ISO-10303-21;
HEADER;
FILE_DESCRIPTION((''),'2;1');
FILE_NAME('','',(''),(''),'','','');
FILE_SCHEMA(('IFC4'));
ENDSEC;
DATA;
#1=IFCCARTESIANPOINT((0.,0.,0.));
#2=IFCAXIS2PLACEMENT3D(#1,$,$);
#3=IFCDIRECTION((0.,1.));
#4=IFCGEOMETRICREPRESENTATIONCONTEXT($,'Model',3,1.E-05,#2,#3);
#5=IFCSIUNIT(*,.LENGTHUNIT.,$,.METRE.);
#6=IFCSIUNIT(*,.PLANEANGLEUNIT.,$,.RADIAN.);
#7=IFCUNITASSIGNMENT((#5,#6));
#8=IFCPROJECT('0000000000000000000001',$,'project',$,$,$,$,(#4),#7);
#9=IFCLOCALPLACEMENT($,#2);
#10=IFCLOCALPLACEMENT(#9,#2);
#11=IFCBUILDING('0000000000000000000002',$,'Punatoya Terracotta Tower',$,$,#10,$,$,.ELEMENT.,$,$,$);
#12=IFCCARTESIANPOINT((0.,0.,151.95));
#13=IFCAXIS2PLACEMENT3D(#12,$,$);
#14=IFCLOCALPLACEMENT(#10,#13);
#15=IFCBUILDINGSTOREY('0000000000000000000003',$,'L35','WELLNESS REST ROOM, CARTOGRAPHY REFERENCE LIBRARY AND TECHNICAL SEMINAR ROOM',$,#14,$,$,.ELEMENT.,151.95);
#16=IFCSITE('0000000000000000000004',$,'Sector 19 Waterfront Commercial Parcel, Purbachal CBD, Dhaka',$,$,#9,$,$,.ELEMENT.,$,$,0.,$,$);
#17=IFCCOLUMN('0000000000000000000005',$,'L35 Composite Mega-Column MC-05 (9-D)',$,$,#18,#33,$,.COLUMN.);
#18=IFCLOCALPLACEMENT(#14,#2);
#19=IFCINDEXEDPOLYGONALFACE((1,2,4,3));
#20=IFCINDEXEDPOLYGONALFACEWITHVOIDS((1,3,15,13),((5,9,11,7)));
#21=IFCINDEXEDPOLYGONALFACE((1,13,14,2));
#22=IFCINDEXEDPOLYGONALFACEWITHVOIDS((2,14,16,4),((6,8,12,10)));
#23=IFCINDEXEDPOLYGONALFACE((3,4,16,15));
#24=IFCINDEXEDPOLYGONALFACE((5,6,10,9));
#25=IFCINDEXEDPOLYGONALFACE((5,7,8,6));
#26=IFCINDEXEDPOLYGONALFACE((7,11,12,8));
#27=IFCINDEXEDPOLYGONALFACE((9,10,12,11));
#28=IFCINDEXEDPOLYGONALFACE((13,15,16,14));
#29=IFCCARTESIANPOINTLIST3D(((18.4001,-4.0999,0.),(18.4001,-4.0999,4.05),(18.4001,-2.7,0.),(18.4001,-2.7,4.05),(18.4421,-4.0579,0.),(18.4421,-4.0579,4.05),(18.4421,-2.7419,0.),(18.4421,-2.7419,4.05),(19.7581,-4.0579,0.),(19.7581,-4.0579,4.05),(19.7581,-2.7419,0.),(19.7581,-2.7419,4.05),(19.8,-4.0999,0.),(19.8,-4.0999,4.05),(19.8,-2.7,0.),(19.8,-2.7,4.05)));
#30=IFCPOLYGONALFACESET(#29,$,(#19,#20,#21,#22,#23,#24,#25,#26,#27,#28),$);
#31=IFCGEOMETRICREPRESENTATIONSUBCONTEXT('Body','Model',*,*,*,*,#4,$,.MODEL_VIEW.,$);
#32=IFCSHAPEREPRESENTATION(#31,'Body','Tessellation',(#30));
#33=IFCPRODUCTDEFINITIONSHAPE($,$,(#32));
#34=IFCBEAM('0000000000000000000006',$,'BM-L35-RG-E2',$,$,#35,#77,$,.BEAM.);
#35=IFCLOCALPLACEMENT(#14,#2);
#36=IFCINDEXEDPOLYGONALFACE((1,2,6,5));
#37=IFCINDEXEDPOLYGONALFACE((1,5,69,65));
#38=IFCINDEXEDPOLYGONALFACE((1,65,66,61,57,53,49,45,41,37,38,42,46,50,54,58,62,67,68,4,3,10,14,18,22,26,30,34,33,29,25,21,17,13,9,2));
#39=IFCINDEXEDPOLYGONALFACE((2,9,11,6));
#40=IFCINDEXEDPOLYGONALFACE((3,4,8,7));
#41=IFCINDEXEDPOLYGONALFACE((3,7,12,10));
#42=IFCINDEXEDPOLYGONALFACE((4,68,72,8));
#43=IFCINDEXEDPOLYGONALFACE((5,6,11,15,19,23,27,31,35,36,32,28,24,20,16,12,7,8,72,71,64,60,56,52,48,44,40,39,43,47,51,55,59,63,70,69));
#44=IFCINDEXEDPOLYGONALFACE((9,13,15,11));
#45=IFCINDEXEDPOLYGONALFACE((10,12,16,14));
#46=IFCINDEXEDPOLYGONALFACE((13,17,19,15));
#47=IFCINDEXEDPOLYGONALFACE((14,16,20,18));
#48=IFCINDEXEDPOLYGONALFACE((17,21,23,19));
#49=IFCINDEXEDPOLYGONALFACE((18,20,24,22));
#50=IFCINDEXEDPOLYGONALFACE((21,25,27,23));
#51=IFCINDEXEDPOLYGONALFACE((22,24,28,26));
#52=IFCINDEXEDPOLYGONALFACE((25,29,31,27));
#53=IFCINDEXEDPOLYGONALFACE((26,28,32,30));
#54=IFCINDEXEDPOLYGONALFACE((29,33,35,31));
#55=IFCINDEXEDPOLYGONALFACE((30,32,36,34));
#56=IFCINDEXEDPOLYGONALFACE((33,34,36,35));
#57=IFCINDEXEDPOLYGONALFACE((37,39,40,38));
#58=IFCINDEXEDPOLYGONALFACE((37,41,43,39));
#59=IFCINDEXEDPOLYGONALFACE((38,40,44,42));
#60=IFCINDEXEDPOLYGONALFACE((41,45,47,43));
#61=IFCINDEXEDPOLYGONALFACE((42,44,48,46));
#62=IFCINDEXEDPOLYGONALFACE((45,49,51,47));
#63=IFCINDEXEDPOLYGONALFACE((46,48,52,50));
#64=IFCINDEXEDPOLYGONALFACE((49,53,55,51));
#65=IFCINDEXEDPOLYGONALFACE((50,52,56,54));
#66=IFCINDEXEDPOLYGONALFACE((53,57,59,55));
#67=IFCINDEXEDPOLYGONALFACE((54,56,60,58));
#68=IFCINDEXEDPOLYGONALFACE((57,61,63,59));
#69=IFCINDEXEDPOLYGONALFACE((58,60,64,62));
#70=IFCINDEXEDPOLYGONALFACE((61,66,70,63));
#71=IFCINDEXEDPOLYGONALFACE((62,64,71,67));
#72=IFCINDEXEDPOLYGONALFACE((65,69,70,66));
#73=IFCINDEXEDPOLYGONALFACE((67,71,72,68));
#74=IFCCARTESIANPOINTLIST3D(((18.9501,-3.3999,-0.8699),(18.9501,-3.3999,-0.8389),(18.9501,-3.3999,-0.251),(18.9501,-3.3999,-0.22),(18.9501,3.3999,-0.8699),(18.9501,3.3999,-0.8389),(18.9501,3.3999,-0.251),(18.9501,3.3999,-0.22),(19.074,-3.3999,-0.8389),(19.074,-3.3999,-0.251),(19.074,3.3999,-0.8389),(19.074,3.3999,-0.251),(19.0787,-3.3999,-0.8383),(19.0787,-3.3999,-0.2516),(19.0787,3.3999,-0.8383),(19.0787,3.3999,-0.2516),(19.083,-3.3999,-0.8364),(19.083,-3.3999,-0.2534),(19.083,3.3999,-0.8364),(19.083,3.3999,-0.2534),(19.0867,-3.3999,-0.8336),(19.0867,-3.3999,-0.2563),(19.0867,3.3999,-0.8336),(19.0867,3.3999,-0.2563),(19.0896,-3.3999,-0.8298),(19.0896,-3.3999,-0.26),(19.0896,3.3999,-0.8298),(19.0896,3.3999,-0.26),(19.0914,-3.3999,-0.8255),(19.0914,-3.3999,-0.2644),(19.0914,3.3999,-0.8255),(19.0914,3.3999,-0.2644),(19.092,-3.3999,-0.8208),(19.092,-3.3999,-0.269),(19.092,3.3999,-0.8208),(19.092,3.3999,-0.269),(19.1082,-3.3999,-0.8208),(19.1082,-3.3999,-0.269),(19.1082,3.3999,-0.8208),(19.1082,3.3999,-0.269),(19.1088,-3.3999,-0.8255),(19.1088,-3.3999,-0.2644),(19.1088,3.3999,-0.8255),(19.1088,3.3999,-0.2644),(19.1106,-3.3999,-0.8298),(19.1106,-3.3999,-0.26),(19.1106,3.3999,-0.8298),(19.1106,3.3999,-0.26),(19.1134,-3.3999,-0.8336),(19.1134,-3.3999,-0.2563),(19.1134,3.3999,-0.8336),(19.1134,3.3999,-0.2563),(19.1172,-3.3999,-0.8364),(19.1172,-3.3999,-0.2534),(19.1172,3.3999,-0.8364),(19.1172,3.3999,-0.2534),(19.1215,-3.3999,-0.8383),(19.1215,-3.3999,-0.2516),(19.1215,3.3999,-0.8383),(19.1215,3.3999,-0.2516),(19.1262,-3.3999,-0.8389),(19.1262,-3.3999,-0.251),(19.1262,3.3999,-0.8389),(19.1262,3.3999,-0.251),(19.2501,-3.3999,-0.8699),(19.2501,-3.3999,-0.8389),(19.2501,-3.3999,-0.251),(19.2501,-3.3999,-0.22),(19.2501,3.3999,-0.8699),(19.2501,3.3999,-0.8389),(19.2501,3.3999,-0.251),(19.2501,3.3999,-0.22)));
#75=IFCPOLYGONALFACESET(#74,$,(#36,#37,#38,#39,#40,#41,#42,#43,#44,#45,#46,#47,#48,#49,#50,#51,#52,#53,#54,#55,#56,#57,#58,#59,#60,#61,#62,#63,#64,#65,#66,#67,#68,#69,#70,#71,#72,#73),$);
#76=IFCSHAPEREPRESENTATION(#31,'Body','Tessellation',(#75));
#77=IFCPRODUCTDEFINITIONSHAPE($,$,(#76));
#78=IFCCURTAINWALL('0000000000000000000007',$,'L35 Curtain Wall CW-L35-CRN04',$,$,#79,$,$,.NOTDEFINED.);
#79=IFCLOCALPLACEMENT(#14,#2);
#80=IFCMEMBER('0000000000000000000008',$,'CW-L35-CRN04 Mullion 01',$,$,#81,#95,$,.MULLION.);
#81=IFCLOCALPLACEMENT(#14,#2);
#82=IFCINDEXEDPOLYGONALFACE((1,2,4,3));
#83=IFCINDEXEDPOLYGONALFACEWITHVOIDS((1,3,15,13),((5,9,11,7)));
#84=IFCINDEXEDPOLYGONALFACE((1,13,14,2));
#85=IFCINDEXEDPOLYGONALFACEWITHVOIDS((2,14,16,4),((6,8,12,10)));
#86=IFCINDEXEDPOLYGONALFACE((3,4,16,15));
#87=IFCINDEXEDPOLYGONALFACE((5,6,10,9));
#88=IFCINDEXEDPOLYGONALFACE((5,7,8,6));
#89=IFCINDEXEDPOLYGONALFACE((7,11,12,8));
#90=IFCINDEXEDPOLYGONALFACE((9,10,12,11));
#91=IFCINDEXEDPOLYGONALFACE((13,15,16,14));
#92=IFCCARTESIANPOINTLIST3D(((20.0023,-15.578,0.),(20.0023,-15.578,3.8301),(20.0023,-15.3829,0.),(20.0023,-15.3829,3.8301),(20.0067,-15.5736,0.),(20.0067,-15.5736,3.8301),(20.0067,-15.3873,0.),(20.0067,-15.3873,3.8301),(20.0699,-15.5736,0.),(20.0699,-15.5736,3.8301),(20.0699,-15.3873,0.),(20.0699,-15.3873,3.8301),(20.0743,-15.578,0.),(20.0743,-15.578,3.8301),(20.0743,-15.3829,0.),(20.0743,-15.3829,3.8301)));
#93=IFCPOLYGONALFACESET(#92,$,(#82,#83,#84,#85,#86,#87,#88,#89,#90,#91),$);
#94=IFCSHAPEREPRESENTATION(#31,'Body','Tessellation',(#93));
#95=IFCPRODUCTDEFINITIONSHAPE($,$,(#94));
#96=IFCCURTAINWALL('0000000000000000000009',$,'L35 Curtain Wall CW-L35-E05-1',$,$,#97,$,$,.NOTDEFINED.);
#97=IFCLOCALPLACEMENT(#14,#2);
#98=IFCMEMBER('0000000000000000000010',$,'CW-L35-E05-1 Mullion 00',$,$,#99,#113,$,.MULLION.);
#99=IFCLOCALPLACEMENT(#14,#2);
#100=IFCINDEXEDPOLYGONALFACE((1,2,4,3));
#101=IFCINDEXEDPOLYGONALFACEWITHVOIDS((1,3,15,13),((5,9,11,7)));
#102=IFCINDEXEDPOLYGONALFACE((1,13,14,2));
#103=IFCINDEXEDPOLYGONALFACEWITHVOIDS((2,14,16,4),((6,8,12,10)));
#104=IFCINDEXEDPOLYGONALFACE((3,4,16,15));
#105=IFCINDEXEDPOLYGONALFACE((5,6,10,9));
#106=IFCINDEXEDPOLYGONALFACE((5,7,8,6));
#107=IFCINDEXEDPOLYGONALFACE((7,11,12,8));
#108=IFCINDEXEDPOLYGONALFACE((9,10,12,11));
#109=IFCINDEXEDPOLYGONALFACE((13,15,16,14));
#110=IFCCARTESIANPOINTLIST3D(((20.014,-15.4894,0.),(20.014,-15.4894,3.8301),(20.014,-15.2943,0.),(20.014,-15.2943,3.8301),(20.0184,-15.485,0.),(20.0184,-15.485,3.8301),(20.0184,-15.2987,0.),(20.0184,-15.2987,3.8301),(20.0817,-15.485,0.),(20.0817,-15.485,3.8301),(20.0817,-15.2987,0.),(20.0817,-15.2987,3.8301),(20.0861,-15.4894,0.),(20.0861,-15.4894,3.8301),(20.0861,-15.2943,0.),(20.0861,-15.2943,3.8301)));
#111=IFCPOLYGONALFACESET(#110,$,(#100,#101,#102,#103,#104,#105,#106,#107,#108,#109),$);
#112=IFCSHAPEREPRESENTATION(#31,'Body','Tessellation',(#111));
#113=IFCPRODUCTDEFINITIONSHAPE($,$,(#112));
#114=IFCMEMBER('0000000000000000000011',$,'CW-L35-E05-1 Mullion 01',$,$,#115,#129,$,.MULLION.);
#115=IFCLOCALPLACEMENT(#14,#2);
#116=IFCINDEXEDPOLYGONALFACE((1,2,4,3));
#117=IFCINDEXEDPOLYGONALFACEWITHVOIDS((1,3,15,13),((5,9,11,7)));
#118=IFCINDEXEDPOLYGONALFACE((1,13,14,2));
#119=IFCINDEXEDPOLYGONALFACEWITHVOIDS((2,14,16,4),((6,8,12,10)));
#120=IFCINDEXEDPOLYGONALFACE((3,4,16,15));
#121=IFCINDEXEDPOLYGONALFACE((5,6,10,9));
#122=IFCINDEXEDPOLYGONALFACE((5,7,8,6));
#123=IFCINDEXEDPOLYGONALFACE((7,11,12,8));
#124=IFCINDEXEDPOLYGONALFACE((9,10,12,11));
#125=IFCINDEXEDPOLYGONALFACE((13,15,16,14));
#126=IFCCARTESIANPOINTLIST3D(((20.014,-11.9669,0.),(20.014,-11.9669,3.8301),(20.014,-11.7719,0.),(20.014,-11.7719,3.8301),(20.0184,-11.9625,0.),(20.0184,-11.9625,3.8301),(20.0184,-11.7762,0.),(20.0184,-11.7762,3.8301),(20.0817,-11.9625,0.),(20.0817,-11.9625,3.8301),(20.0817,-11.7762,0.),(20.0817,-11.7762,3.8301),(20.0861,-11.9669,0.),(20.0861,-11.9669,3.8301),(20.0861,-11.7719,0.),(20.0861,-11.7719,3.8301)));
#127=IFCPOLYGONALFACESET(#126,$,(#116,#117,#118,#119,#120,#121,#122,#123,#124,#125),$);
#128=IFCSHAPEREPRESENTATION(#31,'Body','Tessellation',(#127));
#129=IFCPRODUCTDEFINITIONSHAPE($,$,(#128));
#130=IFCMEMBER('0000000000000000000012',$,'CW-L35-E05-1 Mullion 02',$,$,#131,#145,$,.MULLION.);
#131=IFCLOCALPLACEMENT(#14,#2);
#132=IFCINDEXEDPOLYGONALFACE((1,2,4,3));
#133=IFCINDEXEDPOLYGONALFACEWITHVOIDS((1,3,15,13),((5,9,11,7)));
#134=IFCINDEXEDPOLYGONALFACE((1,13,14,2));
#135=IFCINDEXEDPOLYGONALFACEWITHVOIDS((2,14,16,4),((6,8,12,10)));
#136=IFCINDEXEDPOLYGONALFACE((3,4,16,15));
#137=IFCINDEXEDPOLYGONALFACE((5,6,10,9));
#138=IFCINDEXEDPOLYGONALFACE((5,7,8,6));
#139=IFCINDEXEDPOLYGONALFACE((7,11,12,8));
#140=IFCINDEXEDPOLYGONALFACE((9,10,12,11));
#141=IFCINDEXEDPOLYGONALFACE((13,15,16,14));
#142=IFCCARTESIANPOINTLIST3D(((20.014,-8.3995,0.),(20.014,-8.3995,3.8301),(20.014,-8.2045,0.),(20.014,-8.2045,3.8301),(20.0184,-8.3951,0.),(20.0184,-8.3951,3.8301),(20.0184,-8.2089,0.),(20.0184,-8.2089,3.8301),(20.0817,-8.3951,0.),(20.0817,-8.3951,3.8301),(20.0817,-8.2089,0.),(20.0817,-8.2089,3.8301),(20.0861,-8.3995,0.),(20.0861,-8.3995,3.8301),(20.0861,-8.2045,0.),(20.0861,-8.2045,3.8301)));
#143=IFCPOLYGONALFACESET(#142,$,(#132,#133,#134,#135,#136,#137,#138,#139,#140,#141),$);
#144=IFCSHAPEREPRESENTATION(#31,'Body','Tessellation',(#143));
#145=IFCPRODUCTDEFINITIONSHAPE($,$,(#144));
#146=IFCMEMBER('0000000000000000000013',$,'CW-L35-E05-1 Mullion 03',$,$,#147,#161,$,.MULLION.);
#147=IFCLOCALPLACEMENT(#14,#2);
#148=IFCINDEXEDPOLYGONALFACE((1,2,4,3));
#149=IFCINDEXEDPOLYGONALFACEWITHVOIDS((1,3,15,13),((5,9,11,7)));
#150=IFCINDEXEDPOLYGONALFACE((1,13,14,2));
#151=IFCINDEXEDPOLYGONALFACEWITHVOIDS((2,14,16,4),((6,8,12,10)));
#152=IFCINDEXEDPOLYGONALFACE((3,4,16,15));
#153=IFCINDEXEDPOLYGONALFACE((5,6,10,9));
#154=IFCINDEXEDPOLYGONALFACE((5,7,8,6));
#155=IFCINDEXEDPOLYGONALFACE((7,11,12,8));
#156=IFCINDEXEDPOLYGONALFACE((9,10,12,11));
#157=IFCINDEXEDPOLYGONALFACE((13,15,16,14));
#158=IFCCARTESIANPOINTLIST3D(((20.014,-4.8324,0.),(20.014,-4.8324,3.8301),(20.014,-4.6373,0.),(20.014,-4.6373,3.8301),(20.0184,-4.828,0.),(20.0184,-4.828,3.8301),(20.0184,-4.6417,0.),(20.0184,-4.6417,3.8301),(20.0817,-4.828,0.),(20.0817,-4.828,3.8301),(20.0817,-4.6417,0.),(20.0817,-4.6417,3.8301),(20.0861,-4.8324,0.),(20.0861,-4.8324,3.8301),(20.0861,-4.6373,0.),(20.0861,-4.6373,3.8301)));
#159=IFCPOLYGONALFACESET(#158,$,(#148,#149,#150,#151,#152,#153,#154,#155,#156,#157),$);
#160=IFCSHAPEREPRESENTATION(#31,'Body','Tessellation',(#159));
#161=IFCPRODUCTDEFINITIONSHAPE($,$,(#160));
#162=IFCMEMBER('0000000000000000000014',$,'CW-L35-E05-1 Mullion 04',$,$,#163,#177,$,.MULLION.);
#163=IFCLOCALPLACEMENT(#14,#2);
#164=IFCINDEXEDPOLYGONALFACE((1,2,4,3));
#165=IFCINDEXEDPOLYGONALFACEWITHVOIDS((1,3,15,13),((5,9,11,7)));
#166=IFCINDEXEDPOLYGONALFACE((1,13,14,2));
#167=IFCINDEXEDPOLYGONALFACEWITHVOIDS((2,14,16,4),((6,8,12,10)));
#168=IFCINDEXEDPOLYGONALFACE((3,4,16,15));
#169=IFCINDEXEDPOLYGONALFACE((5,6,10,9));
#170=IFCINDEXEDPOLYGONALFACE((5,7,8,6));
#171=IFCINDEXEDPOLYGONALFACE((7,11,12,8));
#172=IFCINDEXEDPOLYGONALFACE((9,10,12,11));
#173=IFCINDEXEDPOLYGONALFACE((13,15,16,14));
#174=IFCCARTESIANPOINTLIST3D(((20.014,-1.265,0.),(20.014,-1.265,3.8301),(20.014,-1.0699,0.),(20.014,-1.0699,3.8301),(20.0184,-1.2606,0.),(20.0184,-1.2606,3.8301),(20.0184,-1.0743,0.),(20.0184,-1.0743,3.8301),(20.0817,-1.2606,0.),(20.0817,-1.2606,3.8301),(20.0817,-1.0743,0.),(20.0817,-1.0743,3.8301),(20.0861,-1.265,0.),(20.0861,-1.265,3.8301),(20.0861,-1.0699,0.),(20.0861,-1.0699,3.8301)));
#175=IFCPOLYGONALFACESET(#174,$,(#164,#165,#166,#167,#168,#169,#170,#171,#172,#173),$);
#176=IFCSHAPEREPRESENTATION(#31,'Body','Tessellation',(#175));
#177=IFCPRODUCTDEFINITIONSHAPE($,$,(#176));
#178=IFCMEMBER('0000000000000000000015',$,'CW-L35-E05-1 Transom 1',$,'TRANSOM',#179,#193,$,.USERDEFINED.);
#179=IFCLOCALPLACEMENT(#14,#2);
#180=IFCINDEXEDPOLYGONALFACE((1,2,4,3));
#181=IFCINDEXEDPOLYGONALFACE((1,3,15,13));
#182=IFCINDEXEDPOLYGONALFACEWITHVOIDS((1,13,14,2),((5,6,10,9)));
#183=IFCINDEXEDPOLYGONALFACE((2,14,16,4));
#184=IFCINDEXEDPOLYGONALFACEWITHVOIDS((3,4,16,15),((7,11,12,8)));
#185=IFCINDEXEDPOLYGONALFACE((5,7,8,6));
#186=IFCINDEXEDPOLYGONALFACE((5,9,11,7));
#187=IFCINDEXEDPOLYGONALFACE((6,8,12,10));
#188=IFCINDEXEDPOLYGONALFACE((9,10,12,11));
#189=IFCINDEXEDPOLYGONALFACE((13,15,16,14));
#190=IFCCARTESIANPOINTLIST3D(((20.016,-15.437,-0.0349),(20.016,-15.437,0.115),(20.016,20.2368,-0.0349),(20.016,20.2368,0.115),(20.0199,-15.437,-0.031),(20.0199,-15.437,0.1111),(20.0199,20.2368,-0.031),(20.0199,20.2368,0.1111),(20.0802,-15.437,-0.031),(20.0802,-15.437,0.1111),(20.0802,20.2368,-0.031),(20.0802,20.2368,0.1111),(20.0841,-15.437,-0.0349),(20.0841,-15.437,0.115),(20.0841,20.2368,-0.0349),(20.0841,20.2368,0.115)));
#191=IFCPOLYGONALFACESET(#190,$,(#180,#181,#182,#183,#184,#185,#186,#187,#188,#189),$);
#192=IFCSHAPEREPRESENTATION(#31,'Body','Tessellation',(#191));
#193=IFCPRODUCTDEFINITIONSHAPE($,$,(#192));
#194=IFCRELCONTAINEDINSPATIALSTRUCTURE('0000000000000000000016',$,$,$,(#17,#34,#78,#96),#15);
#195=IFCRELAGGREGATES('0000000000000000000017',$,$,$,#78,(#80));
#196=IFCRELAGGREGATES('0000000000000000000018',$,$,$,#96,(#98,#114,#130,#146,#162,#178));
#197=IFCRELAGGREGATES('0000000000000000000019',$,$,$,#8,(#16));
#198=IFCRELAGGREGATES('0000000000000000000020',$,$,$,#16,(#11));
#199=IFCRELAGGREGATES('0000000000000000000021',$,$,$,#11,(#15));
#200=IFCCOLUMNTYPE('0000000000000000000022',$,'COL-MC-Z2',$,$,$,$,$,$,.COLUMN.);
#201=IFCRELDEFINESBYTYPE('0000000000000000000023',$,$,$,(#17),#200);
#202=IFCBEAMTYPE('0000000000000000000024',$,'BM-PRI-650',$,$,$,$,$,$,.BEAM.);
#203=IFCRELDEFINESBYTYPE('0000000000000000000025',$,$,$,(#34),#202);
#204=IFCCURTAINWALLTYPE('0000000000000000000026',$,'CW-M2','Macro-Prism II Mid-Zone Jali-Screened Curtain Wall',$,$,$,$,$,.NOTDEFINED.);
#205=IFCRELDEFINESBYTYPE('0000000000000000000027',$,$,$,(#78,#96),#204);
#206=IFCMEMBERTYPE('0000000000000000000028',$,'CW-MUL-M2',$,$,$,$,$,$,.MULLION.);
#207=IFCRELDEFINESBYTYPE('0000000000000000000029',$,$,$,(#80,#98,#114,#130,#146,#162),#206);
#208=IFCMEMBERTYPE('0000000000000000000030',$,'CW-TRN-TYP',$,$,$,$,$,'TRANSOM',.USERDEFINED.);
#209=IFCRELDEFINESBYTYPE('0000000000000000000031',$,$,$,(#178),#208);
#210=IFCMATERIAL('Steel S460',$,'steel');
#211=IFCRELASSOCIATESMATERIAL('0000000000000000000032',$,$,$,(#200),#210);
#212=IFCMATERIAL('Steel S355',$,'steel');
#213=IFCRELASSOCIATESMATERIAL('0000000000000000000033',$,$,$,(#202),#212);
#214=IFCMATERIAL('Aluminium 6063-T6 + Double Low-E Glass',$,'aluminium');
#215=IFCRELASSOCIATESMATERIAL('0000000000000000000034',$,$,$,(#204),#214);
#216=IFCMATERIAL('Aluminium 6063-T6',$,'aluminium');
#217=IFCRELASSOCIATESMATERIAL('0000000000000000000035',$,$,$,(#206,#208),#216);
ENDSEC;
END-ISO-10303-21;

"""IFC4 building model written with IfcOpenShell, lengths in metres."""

from ifc_helpers import new_model, si_unit, direction, frame, origin, origin_2d, place, context, subcontext, project, spatial, hollow_rectangle, i_section, extrude, material, material_profile, profile_set, type_object, element, aggregate, save


model = new_model("IFC4")

# Units and contexts
model_context = context("Model", 3, precision=1e-05, world=origin(), true_north=direction((0.0, 1.0)))
body_context = subcontext(model_context, "Body", "Model", "MODEL_VIEW")
ifc_project = project(units=[si_unit("LENGTHUNIT", "METRE"), si_unit("PLANEANGLEUNIT", "RADIAN")], contexts=[model_context])

# Site, building, storey
site_placement = place(None, origin())
site = spatial("IfcSite", under=ifc_project, at=site_placement, Name="Sector 19 Waterfront Commercial Parcel, Purbachal CBD, Dhaka", CompositionType="ELEMENT", RefElevation=0.0)
building_placement = place(site_placement, origin())
building = spatial("IfcBuilding", under=site, at=building_placement, Name="Punatoya Terracotta Tower", CompositionType="ELEMENT")
storey_placement = place(building_placement, frame((0.0, 0.0, 151.95)))
storey = spatial("IfcBuildingStorey", under=building, at=storey_placement, Name="L35", Description="WELLNESS REST ROOM, CARTOGRAPHY REFERENCE LIBRARY AND TECHNICAL SEMINAR ROOM", CompositionType="ELEMENT", Elevation=151.95)

# Column
ifc_material_1 = material(Name="Steel S460", Category="steel")
ifc_material_profile_1 = material_profile(ifc_material_1, hollow_rectangle(XDim=1.3999, YDim=1.3999, WallThickness=0.042, at=origin_2d()))
ifc_profile_set_1 = profile_set([ifc_material_profile_1], Name="Steel S460")
column_type = type_object("IfcColumnType", Name="COL-MC-Z2", PredefinedType="COLUMN", material=ifc_profile_set_1)
column_placement = place(storey_placement, frame((19.1001, -3.3999, 0.0), z_axis=(0.0, 0.0, 1.0), x_axis=(1.0, 0.0, 0.0)))
element("IfcColumn", 1, at=column_placement, inside=storey, type_object=column_type, Name="L35 Composite Mega-Column MC-05 (9-D)", PredefinedType="COLUMN", context=body_context, shape_type="SweptSolid", body=[
    extrude(hollow_rectangle(XDim=1.3999, YDim=1.3999, WallThickness=0.042, at=origin_2d()), origin(), (0.0, 0.0, 1.0), 4.05),
])

# Beam
ifc_material_2 = material(Name="Steel S355", Category="steel")
ifc_material_profile_2 = material_profile(ifc_material_2, i_section(OverallWidth=0.3, OverallDepth=0.6499, WebThickness=0.0161, FlangeThickness=0.031, FilletRadius=0.0181, at=origin_2d()))
ifc_profile_set_2 = profile_set([ifc_material_profile_2], Name="Steel S355")
beam_type = type_object("IfcBeamType", Name="BM-PRI-650", PredefinedType="BEAM", material=ifc_profile_set_2)
beam_placement = place(storey_placement, frame((19.1001, -3.3999, -0.5449), z_axis=(0.0, 1.0, 0.0), x_axis=(-1.0, 0.0, 0.0)))
element("IfcBeam", 2, at=beam_placement, inside=storey, type_object=beam_type, Name="BM-L35-RG-E2", PredefinedType="BEAM", context=body_context, shape_type="SweptSolid", body=[
    extrude(i_section(OverallWidth=0.3, OverallDepth=0.6499, WebThickness=0.0161, FlangeThickness=0.031, FilletRadius=0.0181, at=origin_2d()), origin(), (0.0, 0.0, 1.0), 6.7998),
])

# Curtain wall, member
ifc_material_3 = material(Name="Aluminium 6063-T6 + Double Low-E Glass", Category="aluminium")
curtain_wall_type = type_object("IfcCurtainWallType", Name="CW-M2", Description="Macro-Prism II Mid-Zone Jali-Screened Curtain Wall", PredefinedType="NOTDEFINED", material=ifc_material_3)
curtain_wall_1_placement = place(storey_placement, origin())
curtain_wall_1 = element("IfcCurtainWall", 3, at=curtain_wall_1_placement, inside=storey, type_object=curtain_wall_type, Name="L35 Curtain Wall CW-L35-CRN04", PredefinedType="NOTDEFINED")
ifc_material_4 = material(Name="Aluminium 6063-T6", Category="aluminium")
ifc_material_profile_3 = material_profile(ifc_material_4, hollow_rectangle(XDim=0.072, YDim=0.1951, WallThickness=0.0044, at=origin_2d()))
ifc_profile_set_3 = profile_set([ifc_material_profile_3], Name="Aluminium 6063-T6")
member_type_1 = type_object("IfcMemberType", Name="CW-MUL-M2", PredefinedType="MULLION", material=ifc_profile_set_3)
member_1_placement = place(storey_placement, frame((20.0383, -15.4805, 0.0), z_axis=(0.0, 0.0, 1.0), x_axis=(1.0, 0.0, 0.0)))
member_1 = element("IfcMember", 4, at=member_1_placement, type_object=member_type_1, Name="CW-L35-CRN04 Mullion 01", PredefinedType="MULLION", context=body_context, shape_type="SweptSolid", body=[
    extrude(hollow_rectangle(XDim=0.072, YDim=0.1951, WallThickness=0.0044, at=origin_2d()), origin(), (0.0, 0.0, 1.0), 3.8301),
])

# Curtain wall, members
curtain_wall_2_placement = place(storey_placement, origin())
curtain_wall_2 = element("IfcCurtainWall", 5, at=curtain_wall_2_placement, inside=storey, type_object=curtain_wall_type, Name="L35 Curtain Wall CW-L35-E05-1", PredefinedType="NOTDEFINED")
member_2_placement = place(storey_placement, frame((20.05, -15.3918, 0.0), z_axis=(0.0, 0.0, 1.0), x_axis=(1.0, 0.0, 0.0)))
member_2 = element("IfcMember", 6, at=member_2_placement, type_object=member_type_1, Name="CW-L35-E05-1 Mullion 00", PredefinedType="MULLION", context=body_context, shape_type="SweptSolid", body=[
    extrude(hollow_rectangle(XDim=0.072, YDim=0.1951, WallThickness=0.0044, at=origin_2d()), origin(), (0.0, 0.0, 1.0), 3.8301),
])
member_3_placement = place(storey_placement, frame((20.05, -11.8694, 0.0), z_axis=(0.0, 0.0, 1.0), x_axis=(1.0, 0.0, 0.0)))
member_3 = element("IfcMember", 7, at=member_3_placement, type_object=member_type_1, Name="CW-L35-E05-1 Mullion 01", PredefinedType="MULLION", context=body_context, shape_type="SweptSolid", body=[
    extrude(hollow_rectangle(XDim=0.072, YDim=0.1951, WallThickness=0.0044, at=origin_2d()), origin(), (0.0, 0.0, 1.0), 3.8301),
])
member_4_placement = place(storey_placement, frame((20.05, -8.302, 0.0), z_axis=(0.0, 0.0, 1.0), x_axis=(1.0, 0.0, 0.0)))
member_4 = element("IfcMember", 8, at=member_4_placement, type_object=member_type_1, Name="CW-L35-E05-1 Mullion 02", PredefinedType="MULLION", context=body_context, shape_type="SweptSolid", body=[
    extrude(hollow_rectangle(XDim=0.072, YDim=0.1951, WallThickness=0.0044, at=origin_2d()), origin(), (0.0, 0.0, 1.0), 3.8301),
])
member_5_placement = place(storey_placement, frame((20.05, -4.7349, 0.0), z_axis=(0.0, 0.0, 1.0), x_axis=(1.0, 0.0, 0.0)))
member_5 = element("IfcMember", 9, at=member_5_placement, type_object=member_type_1, Name="CW-L35-E05-1 Mullion 03", PredefinedType="MULLION", context=body_context, shape_type="SweptSolid", body=[
    extrude(hollow_rectangle(XDim=0.072, YDim=0.1951, WallThickness=0.0044, at=origin_2d()), origin(), (0.0, 0.0, 1.0), 3.8301),
])
member_6_placement = place(storey_placement, frame((20.05, -1.1675, 0.0), z_axis=(0.0, 0.0, 1.0), x_axis=(1.0, 0.0, 0.0)))
member_6 = element("IfcMember", 10, at=member_6_placement, type_object=member_type_1, Name="CW-L35-E05-1 Mullion 04", PredefinedType="MULLION", context=body_context, shape_type="SweptSolid", body=[
    extrude(hollow_rectangle(XDim=0.072, YDim=0.1951, WallThickness=0.0044, at=origin_2d()), origin(), (0.0, 0.0, 1.0), 3.8301),
])
ifc_material_profile_4 = material_profile(ifc_material_4, hollow_rectangle(XDim=0.0681, YDim=0.1499, WallThickness=0.0039, at=origin_2d()))
ifc_profile_set_4 = profile_set([ifc_material_profile_4], Name="Aluminium 6063-T6")
member_type_2 = type_object("IfcMemberType", Name="CW-TRN-TYP", ElementType="TRANSOM", PredefinedType="USERDEFINED", material=ifc_profile_set_4)
member_7_placement = place(storey_placement, frame((20.05, -15.437, 0.04), z_axis=(0.0, 1.0, 0.0), x_axis=(-1.0, 0.0, 0.0)))
member_7 = element("IfcMember", 11, at=member_7_placement, type_object=member_type_2, Name="CW-L35-E05-1 Transom 1", ObjectType="TRANSOM", PredefinedType="USERDEFINED", context=body_context, shape_type="SweptSolid", body=[
    extrude(hollow_rectangle(XDim=0.0681, YDim=0.1499, WallThickness=0.0039, at=origin_2d()), origin(), (0.0, 0.0, 1.0), 35.6738),
])

aggregate(curtain_wall_1, [member_1])
aggregate(curtain_wall_2, [member_2, member_3, member_4, member_5, member_6, member_7])

save(model, "model.ifc")
